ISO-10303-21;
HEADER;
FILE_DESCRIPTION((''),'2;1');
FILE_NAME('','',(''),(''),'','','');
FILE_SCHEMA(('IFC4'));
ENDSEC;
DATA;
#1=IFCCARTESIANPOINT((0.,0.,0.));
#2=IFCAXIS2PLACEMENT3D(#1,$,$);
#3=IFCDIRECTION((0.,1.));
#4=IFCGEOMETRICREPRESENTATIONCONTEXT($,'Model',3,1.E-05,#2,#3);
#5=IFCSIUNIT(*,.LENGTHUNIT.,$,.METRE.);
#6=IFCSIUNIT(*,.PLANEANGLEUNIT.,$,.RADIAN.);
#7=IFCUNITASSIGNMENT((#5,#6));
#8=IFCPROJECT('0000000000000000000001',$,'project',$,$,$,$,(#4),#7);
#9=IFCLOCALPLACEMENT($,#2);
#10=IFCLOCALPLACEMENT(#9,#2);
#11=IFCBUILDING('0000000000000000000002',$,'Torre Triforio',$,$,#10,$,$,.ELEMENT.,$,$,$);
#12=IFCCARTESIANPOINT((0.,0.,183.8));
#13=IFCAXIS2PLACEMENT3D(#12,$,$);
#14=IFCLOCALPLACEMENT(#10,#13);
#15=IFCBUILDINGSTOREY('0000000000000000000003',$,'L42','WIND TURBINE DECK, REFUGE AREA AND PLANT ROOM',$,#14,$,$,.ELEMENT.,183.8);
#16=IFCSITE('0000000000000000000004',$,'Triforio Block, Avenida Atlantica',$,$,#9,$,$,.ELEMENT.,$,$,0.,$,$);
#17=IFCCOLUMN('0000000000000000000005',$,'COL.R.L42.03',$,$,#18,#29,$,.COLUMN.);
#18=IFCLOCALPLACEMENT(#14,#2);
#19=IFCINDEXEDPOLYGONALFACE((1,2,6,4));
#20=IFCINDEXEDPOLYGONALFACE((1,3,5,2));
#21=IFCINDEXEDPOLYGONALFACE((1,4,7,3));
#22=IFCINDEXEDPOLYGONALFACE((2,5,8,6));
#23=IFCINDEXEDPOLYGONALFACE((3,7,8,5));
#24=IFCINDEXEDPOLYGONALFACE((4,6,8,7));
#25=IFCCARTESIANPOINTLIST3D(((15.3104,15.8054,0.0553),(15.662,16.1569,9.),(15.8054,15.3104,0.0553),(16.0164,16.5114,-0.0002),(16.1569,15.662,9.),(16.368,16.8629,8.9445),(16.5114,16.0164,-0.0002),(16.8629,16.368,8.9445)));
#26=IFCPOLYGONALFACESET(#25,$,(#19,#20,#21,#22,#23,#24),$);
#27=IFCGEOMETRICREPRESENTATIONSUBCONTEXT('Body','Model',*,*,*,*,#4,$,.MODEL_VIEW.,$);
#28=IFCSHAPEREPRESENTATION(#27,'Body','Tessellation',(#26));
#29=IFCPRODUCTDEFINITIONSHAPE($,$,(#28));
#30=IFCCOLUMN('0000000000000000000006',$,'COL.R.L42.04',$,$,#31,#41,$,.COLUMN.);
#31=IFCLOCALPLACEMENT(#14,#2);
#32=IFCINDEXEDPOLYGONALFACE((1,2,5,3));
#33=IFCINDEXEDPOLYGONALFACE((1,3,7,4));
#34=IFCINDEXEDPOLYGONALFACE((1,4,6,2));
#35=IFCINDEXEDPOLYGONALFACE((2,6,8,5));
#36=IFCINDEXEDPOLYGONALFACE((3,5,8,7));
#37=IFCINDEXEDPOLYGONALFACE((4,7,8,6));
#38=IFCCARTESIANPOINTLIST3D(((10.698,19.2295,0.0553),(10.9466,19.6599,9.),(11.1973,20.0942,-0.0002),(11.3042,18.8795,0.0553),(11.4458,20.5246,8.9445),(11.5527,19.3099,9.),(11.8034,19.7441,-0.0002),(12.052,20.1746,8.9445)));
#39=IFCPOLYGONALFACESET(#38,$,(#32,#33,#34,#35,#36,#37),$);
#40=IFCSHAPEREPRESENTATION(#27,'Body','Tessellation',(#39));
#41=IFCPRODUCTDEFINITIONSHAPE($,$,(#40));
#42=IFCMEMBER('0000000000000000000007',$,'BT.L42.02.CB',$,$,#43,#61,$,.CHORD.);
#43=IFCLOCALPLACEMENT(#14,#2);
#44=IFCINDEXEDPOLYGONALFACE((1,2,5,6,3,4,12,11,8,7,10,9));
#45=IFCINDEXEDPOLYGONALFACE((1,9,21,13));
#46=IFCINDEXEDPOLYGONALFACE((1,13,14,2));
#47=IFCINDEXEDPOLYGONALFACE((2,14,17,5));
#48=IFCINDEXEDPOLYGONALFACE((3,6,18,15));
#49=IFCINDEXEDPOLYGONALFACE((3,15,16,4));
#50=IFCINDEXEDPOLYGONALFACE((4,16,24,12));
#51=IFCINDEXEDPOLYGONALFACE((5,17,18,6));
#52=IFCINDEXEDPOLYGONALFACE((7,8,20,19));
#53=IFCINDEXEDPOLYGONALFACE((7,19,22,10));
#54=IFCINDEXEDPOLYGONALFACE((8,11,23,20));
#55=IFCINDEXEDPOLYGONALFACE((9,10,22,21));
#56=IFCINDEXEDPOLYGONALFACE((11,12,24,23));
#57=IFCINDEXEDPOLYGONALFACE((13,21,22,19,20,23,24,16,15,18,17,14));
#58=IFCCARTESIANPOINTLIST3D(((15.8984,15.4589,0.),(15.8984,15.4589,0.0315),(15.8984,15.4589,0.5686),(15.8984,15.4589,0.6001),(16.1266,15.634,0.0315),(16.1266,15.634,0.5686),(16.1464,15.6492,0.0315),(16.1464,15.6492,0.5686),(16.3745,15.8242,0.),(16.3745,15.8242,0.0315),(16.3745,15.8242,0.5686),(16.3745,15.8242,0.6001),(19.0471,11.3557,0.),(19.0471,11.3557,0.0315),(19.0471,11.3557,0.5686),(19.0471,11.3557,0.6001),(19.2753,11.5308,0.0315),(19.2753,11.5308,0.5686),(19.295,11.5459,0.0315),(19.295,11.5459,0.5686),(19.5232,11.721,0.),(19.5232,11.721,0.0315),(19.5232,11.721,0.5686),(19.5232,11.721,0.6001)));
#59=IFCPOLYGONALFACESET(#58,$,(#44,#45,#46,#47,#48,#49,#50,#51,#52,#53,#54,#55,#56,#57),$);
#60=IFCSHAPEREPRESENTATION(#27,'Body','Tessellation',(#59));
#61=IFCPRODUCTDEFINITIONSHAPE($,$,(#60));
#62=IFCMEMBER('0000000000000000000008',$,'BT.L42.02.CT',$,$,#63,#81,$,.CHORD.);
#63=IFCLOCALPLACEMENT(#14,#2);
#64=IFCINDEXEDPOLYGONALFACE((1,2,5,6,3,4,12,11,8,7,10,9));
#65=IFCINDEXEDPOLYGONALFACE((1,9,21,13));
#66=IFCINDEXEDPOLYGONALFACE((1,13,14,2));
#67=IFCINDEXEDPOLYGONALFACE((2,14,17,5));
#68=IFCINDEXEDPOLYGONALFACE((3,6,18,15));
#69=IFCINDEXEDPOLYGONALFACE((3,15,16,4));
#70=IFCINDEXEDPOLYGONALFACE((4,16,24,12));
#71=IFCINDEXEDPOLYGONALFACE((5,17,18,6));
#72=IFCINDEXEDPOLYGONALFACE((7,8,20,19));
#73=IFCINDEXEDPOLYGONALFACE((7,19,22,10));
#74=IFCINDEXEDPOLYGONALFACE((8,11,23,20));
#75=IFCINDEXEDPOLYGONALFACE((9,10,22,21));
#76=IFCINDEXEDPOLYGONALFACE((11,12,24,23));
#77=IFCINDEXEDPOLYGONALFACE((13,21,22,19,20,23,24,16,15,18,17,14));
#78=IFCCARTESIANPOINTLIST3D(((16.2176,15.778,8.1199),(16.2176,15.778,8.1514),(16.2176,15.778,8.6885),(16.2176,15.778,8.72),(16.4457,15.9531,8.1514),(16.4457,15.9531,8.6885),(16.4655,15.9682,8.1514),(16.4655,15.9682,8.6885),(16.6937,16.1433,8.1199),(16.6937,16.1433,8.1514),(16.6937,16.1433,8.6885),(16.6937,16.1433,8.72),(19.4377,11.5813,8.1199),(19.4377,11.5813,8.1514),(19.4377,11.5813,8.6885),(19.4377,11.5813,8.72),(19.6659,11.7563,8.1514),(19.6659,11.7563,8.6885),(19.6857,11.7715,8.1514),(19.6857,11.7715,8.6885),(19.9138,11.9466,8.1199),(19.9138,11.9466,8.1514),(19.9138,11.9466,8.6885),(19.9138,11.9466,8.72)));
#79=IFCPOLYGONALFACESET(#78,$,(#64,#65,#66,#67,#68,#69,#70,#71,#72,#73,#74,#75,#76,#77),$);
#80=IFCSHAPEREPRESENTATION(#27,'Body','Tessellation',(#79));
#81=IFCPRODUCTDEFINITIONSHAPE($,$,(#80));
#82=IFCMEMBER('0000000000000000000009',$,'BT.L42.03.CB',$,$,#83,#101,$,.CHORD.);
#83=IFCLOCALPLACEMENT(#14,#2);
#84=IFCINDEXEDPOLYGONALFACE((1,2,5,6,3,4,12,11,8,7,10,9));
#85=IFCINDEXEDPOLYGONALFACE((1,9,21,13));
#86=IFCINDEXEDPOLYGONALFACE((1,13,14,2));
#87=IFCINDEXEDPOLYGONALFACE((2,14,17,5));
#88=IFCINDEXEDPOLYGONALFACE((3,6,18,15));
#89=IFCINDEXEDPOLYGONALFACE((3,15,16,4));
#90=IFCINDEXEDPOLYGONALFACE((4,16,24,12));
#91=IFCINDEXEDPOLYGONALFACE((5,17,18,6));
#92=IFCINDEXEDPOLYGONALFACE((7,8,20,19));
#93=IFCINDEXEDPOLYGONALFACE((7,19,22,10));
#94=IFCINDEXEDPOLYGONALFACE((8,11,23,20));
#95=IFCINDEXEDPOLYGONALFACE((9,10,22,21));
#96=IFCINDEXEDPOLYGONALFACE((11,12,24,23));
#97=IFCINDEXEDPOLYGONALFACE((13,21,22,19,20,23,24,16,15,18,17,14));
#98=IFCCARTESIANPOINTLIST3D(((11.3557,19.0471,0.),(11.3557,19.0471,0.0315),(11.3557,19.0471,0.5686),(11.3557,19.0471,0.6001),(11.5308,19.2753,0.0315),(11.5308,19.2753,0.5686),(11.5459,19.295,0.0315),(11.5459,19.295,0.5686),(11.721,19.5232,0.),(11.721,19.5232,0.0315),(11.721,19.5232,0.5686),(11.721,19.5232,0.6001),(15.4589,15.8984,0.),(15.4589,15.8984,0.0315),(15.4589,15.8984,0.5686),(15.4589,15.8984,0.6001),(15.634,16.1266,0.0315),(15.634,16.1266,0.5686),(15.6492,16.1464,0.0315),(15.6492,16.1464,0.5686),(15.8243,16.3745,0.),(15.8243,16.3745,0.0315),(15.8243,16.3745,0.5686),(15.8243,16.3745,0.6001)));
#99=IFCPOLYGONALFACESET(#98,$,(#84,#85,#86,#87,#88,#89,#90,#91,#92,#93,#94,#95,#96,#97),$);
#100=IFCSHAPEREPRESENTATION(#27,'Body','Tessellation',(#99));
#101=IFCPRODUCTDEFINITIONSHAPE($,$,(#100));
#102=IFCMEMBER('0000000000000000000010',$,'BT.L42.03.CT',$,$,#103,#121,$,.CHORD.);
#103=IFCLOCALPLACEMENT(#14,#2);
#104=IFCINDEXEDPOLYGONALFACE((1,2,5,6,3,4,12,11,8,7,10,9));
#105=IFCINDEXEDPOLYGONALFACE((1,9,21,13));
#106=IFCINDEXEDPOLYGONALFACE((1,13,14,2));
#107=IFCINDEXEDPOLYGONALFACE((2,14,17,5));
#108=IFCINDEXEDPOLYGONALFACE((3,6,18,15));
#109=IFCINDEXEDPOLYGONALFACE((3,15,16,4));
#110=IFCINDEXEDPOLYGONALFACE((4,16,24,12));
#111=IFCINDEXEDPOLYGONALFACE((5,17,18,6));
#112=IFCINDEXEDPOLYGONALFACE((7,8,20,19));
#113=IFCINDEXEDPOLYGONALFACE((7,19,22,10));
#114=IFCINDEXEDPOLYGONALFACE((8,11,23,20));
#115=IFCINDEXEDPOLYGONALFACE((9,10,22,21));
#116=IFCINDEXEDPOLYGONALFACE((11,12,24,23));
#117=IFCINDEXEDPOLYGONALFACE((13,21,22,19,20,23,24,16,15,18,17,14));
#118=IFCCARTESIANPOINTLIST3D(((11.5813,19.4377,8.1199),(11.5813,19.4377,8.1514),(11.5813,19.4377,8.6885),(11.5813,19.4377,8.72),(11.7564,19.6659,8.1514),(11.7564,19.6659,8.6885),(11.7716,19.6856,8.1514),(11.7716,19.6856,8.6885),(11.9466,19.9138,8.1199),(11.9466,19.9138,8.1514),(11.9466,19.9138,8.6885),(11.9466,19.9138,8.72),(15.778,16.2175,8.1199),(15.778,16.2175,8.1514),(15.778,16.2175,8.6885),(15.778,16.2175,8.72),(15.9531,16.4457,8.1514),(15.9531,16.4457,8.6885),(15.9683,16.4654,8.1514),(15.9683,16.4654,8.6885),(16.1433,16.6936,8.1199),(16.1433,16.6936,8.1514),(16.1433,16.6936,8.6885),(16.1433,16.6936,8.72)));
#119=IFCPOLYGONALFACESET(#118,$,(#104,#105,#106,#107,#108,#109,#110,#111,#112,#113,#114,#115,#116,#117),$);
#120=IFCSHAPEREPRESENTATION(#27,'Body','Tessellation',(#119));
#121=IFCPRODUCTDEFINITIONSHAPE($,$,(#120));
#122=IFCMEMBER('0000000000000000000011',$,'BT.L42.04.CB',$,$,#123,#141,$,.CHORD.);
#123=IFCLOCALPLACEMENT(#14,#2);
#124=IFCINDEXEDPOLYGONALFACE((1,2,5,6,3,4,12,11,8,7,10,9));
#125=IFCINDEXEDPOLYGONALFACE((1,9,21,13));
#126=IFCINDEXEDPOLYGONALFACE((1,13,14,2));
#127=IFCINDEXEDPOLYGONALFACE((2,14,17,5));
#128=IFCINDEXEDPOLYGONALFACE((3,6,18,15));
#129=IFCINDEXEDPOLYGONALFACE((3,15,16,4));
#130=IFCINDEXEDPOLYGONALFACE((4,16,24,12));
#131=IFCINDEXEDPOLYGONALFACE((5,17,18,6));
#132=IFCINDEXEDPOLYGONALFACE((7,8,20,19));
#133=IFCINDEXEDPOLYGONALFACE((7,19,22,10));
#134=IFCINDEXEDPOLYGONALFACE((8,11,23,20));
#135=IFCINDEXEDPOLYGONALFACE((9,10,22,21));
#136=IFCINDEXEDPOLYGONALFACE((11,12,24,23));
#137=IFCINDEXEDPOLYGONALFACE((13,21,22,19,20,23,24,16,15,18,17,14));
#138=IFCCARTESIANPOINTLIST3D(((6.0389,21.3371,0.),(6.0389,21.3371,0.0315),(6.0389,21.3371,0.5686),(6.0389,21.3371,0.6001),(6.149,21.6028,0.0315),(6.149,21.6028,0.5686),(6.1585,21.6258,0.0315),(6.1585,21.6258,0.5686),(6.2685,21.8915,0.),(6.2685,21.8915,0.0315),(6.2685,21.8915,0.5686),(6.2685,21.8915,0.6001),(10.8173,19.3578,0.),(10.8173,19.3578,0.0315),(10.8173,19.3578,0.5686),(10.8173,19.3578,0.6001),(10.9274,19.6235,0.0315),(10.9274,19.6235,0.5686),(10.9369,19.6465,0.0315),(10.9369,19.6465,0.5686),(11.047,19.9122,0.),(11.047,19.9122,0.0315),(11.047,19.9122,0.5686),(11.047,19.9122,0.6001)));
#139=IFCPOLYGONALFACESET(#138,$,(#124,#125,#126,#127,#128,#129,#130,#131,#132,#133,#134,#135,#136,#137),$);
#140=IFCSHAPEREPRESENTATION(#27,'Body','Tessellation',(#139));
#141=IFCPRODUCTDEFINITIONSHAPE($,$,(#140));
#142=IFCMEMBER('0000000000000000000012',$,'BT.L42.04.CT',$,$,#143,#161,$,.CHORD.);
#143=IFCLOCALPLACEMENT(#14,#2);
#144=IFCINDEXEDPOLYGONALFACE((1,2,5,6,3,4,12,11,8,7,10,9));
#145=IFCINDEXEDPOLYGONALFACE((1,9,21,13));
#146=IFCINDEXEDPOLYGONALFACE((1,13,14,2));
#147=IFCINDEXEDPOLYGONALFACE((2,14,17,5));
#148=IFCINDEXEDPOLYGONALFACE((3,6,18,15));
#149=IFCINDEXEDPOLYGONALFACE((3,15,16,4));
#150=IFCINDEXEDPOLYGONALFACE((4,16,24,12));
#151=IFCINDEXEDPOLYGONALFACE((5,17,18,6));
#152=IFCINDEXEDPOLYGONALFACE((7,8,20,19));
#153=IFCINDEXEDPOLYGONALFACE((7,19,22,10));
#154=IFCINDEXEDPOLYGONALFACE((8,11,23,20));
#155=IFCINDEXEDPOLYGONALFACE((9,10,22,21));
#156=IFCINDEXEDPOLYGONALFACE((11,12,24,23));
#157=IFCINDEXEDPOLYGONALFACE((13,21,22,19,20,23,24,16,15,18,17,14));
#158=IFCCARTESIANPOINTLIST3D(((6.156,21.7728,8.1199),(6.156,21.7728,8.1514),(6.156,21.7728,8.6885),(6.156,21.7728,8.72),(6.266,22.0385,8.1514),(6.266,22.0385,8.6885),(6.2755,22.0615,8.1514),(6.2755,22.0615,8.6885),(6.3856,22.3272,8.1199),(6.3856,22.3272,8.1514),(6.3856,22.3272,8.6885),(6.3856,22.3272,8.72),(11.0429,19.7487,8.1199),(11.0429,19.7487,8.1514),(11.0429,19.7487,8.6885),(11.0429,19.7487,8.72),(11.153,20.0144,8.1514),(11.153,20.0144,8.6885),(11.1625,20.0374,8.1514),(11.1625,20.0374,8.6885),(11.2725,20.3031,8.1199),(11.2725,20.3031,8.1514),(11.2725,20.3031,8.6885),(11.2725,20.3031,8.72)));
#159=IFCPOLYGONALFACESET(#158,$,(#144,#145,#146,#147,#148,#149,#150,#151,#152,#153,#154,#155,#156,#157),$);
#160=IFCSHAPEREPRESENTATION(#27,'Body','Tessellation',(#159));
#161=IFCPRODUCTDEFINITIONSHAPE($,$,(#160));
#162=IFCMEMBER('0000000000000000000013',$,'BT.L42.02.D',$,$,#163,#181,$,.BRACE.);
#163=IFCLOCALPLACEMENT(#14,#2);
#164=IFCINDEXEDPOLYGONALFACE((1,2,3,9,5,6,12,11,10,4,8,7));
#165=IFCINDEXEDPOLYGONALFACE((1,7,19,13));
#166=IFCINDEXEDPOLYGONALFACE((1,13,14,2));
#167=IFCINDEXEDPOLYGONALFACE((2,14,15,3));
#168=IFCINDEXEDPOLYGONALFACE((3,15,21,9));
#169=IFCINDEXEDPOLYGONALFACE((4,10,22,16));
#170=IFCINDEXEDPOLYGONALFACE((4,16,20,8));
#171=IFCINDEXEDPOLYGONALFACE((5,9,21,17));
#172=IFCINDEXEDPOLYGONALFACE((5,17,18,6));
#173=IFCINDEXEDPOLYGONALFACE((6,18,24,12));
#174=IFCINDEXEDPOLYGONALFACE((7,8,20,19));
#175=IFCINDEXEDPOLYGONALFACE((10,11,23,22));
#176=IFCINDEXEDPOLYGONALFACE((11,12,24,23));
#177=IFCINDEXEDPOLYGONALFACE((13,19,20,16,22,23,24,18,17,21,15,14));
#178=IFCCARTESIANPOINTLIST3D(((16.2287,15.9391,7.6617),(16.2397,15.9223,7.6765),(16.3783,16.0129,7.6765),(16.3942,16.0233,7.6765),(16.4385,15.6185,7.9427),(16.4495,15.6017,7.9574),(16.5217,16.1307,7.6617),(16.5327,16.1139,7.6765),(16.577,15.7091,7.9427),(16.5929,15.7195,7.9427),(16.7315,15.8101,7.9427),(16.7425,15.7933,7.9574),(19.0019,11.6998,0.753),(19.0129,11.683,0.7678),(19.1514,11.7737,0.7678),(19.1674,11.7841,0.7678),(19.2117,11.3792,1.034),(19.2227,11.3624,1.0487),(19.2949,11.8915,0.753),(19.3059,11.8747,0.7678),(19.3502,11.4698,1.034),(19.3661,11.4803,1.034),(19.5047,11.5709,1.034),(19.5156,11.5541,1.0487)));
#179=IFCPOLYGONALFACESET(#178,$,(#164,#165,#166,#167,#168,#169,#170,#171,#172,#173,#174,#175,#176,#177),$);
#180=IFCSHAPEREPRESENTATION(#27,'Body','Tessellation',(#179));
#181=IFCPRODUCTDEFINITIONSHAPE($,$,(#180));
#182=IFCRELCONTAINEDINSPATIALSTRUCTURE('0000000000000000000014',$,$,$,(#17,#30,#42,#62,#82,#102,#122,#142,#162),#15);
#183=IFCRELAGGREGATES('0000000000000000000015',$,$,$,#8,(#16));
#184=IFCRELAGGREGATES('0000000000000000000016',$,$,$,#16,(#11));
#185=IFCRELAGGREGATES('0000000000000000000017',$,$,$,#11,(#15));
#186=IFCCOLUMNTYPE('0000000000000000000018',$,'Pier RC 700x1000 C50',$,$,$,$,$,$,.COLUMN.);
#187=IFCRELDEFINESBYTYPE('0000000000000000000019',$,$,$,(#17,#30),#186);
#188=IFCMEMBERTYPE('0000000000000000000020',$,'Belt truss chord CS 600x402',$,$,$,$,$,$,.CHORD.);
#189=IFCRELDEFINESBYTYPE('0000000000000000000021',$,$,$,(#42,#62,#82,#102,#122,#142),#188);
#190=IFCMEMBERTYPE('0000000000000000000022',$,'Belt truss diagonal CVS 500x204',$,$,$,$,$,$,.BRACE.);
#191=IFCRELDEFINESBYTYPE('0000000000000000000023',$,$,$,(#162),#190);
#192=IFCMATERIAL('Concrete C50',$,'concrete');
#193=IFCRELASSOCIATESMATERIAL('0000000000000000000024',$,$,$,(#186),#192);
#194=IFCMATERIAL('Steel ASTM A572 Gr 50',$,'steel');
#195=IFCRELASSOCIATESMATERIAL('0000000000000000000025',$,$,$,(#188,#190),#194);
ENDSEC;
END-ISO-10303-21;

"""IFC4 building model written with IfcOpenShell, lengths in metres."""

from ifc_helpers import new_model, si_unit, direction, frame, origin, origin_2d, place, context, subcontext, project, spatial, rectangle, i_section, extrude, material, material_profile, profile_set, type_object, element, save


model = new_model("IFC4")

# Units and contexts
model_context = context("Model", 3, precision=1e-05, world=origin(), true_north=direction((0.0, 1.0)))
body_context = subcontext(model_context, "Body", "Model", "MODEL_VIEW")
ifc_project = project(units=[si_unit("LENGTHUNIT", "METRE"), si_unit("PLANEANGLEUNIT", "RADIAN")], contexts=[model_context])

# Site, building, storey
site_placement = place(None, origin())
site = spatial("IfcSite", under=ifc_project, at=site_placement, Name="Triforio Block, Avenida Atlantica", CompositionType="ELEMENT", RefElevation=0.0)
building_placement = place(site_placement, origin())
building = spatial("IfcBuilding", under=site, at=building_placement, Name="Torre Triforio", CompositionType="ELEMENT")
storey_placement = place(building_placement, frame((0.0, 0.0, 183.8)))
storey = spatial("IfcBuildingStorey", under=building, at=storey_placement, Name="L42", Description="WIND TURBINE DECK, REFUGE AREA AND PLANT ROOM", CompositionType="ELEMENT", Elevation=183.8)

# Columns
ifc_material_1 = material(Name="Concrete C50", Category="concrete")
ifc_material_profile_1 = material_profile(ifc_material_1, rectangle(XDim=0.7, YDim=1.0, at=origin_2d()), Name="RC 700x1000")
ifc_profile_set_1 = profile_set([ifc_material_profile_1], Name="Concrete C50")
column_type = type_object("IfcColumnType", Name="Pier RC 700x1000 C50", PredefinedType="COLUMN", material=ifc_profile_set_1)
for number, where, z_axis, x_axis, name in (
    (1, (15.9109, 15.9109, 0.0276), (0.039244, 0.039244, 0.998459), (-0.707107, 0.707107, 0.0), "COL.R.L42.03"),
    (2, (11.2507, 19.4868, 0.0276), (0.027743, 0.048047, 0.99846), (-0.865997, 0.500048, 0.0), "COL.R.L42.04"),
):
    element("IfcColumn", number, at=place(storey_placement, frame(where, z_axis=z_axis, x_axis=x_axis)), inside=storey, type_object=column_type, Name=name, PredefinedType="COLUMN", context=body_context, shape_type="SweptSolid", body=[
        extrude(rectangle(XDim=0.7, YDim=1.0, at=origin_2d()), origin(), (0.0, 0.0, 1.0), 8.9585),
    ])

# Members
ifc_material_2 = material(Name="Steel ASTM A572 Gr 50", Category="steel")
ifc_material_profile_2 = material_profile(ifc_material_2, i_section(OverallWidth=0.6001, OverallDepth=0.6001, WebThickness=0.0249, FlangeThickness=0.0315, at=origin_2d()), Name="CS 600x402")
ifc_profile_set_2 = profile_set([ifc_material_profile_2], Name="Steel ASTM A572 Gr 50")
member_type_1 = type_object("IfcMemberType", Name="Belt truss chord CS 600x402", PredefinedType="CHORD", material=ifc_profile_set_2)
member_1_placement = place(storey_placement, frame((19.2852, 11.5383, 0.3), z_axis=(-0.608777, 0.793341, 0.0), x_axis=(-0.793341, -0.608777, 0.0)))
element("IfcMember", 3, at=member_1_placement, inside=storey, type_object=member_type_1, Name="BT.L42.02.CB", PredefinedType="CHORD", context=body_context, shape_type="SweptSolid", body=[
    extrude(i_section(OverallWidth=0.6001, OverallDepth=0.6001, WebThickness=0.0249, FlangeThickness=0.0315, at=origin_2d()), origin(), (0.0, 0.0, 1.0), 5.1721),
])
member_2_placement = place(storey_placement, frame((19.6758, 11.7639, 8.4199), z_axis=(-0.608751, 0.793361, 0.0), x_axis=(-0.793361, -0.608751, 0.0)))
element("IfcMember", 4, at=member_2_placement, inside=storey, type_object=member_type_1, Name="BT.L42.02.CT", PredefinedType="CHORD", context=body_context, shape_type="SweptSolid", body=[
    extrude(i_section(OverallWidth=0.6001, OverallDepth=0.6001, WebThickness=0.0249, FlangeThickness=0.0315, at=origin_2d()), origin(), (0.0, 0.0, 1.0), 5.2898),
])
member_3_placement = place(storey_placement, frame((15.6416, 16.1365, 0.3), z_axis=(-0.793341, 0.608777, 0.0), x_axis=(-0.608777, -0.793341, 0.0)))
element("IfcMember", 5, at=member_3_placement, inside=storey, type_object=member_type_1, Name="BT.L42.03.CB", PredefinedType="CHORD", context=body_context, shape_type="SweptSolid", body=[
    extrude(i_section(OverallWidth=0.6001, OverallDepth=0.6001, WebThickness=0.0249, FlangeThickness=0.0315, at=origin_2d()), origin(), (0.0, 0.0, 1.0), 5.1721),
])
member_4_placement = place(storey_placement, frame((15.9607, 16.4556, 8.4199), z_axis=(-0.793361, 0.608751, 0.0), x_axis=(-0.608751, -0.793361, 0.0)))
element("IfcMember", 6, at=member_4_placement, inside=storey, type_object=member_type_1, Name="BT.L42.03.CT", PredefinedType="CHORD", context=body_context, shape_type="SweptSolid", body=[
    extrude(i_section(OverallWidth=0.6001, OverallDepth=0.6001, WebThickness=0.0249, FlangeThickness=0.0315, at=origin_2d()), origin(), (0.0, 0.0, 1.0), 5.2898),
])
member_5_placement = place(storey_placement, frame((10.9321, 19.635, 0.3), z_axis=(-0.923879, 0.382684, 0.0), x_axis=(-0.382684, -0.923879, 0.0)))
element("IfcMember", 7, at=member_5_placement, inside=storey, type_object=member_type_1, Name="BT.L42.04.CB", PredefinedType="CHORD", context=body_context, shape_type="SweptSolid", body=[
    extrude(i_section(OverallWidth=0.6001, OverallDepth=0.6001, WebThickness=0.0249, FlangeThickness=0.0315, at=origin_2d()), origin(), (0.0, 0.0, 1.0), 5.1721),
])
member_6_placement = place(storey_placement, frame((11.1577, 20.0259, 8.4199), z_axis=(-0.923885, 0.382671, 0.0), x_axis=(-0.382671, -0.923885, 0.0)))
element("IfcMember", 8, at=member_6_placement, inside=storey, type_object=member_type_1, Name="BT.L42.04.CT", PredefinedType="CHORD", context=body_context, shape_type="SweptSolid", body=[
    extrude(i_section(OverallWidth=0.6001, OverallDepth=0.6001, WebThickness=0.0249, FlangeThickness=0.0315, at=origin_2d()), origin(), (0.0, 0.0, 1.0), 5.2896),
])
ifc_material_profile_3 = material_profile(ifc_material_2, i_section(OverallWidth=0.3501, OverallDepth=0.5, WebThickness=0.019, FlangeThickness=0.0249, at=origin_2d()), Name="CVS 500x204")
ifc_profile_set_3 = profile_set([ifc_material_profile_3], Name="Steel ASTM A572 Gr 50")
member_type_2 = type_object("IfcMemberType", Name="Belt truss diagonal CVS 500x204", PredefinedType="BRACE", material=ifc_profile_set_3)
for number, where, z_axis, x_axis, name in (
    (9, (19.2588, 11.627, 0.9009), (-0.32371, 0.494841, 0.806439), (-0.836846, -0.547439, 0.0), "BT.L42.02.D"),
):
    element("IfcMember", number, at=place(storey_placement, frame(where, z_axis=z_axis, x_axis=x_axis)), inside=storey, type_object=member_type_2, Name=name, PredefinedType="BRACE", context=body_context, shape_type="SweptSolid", body=[
        extrude(i_section(OverallWidth=0.3501, OverallDepth=0.5, WebThickness=0.019, FlangeThickness=0.0249, at=origin_2d()), origin(), (0.0, 0.0, 1.0), 8.5669),
    ])

save(model, "model.ifc")
